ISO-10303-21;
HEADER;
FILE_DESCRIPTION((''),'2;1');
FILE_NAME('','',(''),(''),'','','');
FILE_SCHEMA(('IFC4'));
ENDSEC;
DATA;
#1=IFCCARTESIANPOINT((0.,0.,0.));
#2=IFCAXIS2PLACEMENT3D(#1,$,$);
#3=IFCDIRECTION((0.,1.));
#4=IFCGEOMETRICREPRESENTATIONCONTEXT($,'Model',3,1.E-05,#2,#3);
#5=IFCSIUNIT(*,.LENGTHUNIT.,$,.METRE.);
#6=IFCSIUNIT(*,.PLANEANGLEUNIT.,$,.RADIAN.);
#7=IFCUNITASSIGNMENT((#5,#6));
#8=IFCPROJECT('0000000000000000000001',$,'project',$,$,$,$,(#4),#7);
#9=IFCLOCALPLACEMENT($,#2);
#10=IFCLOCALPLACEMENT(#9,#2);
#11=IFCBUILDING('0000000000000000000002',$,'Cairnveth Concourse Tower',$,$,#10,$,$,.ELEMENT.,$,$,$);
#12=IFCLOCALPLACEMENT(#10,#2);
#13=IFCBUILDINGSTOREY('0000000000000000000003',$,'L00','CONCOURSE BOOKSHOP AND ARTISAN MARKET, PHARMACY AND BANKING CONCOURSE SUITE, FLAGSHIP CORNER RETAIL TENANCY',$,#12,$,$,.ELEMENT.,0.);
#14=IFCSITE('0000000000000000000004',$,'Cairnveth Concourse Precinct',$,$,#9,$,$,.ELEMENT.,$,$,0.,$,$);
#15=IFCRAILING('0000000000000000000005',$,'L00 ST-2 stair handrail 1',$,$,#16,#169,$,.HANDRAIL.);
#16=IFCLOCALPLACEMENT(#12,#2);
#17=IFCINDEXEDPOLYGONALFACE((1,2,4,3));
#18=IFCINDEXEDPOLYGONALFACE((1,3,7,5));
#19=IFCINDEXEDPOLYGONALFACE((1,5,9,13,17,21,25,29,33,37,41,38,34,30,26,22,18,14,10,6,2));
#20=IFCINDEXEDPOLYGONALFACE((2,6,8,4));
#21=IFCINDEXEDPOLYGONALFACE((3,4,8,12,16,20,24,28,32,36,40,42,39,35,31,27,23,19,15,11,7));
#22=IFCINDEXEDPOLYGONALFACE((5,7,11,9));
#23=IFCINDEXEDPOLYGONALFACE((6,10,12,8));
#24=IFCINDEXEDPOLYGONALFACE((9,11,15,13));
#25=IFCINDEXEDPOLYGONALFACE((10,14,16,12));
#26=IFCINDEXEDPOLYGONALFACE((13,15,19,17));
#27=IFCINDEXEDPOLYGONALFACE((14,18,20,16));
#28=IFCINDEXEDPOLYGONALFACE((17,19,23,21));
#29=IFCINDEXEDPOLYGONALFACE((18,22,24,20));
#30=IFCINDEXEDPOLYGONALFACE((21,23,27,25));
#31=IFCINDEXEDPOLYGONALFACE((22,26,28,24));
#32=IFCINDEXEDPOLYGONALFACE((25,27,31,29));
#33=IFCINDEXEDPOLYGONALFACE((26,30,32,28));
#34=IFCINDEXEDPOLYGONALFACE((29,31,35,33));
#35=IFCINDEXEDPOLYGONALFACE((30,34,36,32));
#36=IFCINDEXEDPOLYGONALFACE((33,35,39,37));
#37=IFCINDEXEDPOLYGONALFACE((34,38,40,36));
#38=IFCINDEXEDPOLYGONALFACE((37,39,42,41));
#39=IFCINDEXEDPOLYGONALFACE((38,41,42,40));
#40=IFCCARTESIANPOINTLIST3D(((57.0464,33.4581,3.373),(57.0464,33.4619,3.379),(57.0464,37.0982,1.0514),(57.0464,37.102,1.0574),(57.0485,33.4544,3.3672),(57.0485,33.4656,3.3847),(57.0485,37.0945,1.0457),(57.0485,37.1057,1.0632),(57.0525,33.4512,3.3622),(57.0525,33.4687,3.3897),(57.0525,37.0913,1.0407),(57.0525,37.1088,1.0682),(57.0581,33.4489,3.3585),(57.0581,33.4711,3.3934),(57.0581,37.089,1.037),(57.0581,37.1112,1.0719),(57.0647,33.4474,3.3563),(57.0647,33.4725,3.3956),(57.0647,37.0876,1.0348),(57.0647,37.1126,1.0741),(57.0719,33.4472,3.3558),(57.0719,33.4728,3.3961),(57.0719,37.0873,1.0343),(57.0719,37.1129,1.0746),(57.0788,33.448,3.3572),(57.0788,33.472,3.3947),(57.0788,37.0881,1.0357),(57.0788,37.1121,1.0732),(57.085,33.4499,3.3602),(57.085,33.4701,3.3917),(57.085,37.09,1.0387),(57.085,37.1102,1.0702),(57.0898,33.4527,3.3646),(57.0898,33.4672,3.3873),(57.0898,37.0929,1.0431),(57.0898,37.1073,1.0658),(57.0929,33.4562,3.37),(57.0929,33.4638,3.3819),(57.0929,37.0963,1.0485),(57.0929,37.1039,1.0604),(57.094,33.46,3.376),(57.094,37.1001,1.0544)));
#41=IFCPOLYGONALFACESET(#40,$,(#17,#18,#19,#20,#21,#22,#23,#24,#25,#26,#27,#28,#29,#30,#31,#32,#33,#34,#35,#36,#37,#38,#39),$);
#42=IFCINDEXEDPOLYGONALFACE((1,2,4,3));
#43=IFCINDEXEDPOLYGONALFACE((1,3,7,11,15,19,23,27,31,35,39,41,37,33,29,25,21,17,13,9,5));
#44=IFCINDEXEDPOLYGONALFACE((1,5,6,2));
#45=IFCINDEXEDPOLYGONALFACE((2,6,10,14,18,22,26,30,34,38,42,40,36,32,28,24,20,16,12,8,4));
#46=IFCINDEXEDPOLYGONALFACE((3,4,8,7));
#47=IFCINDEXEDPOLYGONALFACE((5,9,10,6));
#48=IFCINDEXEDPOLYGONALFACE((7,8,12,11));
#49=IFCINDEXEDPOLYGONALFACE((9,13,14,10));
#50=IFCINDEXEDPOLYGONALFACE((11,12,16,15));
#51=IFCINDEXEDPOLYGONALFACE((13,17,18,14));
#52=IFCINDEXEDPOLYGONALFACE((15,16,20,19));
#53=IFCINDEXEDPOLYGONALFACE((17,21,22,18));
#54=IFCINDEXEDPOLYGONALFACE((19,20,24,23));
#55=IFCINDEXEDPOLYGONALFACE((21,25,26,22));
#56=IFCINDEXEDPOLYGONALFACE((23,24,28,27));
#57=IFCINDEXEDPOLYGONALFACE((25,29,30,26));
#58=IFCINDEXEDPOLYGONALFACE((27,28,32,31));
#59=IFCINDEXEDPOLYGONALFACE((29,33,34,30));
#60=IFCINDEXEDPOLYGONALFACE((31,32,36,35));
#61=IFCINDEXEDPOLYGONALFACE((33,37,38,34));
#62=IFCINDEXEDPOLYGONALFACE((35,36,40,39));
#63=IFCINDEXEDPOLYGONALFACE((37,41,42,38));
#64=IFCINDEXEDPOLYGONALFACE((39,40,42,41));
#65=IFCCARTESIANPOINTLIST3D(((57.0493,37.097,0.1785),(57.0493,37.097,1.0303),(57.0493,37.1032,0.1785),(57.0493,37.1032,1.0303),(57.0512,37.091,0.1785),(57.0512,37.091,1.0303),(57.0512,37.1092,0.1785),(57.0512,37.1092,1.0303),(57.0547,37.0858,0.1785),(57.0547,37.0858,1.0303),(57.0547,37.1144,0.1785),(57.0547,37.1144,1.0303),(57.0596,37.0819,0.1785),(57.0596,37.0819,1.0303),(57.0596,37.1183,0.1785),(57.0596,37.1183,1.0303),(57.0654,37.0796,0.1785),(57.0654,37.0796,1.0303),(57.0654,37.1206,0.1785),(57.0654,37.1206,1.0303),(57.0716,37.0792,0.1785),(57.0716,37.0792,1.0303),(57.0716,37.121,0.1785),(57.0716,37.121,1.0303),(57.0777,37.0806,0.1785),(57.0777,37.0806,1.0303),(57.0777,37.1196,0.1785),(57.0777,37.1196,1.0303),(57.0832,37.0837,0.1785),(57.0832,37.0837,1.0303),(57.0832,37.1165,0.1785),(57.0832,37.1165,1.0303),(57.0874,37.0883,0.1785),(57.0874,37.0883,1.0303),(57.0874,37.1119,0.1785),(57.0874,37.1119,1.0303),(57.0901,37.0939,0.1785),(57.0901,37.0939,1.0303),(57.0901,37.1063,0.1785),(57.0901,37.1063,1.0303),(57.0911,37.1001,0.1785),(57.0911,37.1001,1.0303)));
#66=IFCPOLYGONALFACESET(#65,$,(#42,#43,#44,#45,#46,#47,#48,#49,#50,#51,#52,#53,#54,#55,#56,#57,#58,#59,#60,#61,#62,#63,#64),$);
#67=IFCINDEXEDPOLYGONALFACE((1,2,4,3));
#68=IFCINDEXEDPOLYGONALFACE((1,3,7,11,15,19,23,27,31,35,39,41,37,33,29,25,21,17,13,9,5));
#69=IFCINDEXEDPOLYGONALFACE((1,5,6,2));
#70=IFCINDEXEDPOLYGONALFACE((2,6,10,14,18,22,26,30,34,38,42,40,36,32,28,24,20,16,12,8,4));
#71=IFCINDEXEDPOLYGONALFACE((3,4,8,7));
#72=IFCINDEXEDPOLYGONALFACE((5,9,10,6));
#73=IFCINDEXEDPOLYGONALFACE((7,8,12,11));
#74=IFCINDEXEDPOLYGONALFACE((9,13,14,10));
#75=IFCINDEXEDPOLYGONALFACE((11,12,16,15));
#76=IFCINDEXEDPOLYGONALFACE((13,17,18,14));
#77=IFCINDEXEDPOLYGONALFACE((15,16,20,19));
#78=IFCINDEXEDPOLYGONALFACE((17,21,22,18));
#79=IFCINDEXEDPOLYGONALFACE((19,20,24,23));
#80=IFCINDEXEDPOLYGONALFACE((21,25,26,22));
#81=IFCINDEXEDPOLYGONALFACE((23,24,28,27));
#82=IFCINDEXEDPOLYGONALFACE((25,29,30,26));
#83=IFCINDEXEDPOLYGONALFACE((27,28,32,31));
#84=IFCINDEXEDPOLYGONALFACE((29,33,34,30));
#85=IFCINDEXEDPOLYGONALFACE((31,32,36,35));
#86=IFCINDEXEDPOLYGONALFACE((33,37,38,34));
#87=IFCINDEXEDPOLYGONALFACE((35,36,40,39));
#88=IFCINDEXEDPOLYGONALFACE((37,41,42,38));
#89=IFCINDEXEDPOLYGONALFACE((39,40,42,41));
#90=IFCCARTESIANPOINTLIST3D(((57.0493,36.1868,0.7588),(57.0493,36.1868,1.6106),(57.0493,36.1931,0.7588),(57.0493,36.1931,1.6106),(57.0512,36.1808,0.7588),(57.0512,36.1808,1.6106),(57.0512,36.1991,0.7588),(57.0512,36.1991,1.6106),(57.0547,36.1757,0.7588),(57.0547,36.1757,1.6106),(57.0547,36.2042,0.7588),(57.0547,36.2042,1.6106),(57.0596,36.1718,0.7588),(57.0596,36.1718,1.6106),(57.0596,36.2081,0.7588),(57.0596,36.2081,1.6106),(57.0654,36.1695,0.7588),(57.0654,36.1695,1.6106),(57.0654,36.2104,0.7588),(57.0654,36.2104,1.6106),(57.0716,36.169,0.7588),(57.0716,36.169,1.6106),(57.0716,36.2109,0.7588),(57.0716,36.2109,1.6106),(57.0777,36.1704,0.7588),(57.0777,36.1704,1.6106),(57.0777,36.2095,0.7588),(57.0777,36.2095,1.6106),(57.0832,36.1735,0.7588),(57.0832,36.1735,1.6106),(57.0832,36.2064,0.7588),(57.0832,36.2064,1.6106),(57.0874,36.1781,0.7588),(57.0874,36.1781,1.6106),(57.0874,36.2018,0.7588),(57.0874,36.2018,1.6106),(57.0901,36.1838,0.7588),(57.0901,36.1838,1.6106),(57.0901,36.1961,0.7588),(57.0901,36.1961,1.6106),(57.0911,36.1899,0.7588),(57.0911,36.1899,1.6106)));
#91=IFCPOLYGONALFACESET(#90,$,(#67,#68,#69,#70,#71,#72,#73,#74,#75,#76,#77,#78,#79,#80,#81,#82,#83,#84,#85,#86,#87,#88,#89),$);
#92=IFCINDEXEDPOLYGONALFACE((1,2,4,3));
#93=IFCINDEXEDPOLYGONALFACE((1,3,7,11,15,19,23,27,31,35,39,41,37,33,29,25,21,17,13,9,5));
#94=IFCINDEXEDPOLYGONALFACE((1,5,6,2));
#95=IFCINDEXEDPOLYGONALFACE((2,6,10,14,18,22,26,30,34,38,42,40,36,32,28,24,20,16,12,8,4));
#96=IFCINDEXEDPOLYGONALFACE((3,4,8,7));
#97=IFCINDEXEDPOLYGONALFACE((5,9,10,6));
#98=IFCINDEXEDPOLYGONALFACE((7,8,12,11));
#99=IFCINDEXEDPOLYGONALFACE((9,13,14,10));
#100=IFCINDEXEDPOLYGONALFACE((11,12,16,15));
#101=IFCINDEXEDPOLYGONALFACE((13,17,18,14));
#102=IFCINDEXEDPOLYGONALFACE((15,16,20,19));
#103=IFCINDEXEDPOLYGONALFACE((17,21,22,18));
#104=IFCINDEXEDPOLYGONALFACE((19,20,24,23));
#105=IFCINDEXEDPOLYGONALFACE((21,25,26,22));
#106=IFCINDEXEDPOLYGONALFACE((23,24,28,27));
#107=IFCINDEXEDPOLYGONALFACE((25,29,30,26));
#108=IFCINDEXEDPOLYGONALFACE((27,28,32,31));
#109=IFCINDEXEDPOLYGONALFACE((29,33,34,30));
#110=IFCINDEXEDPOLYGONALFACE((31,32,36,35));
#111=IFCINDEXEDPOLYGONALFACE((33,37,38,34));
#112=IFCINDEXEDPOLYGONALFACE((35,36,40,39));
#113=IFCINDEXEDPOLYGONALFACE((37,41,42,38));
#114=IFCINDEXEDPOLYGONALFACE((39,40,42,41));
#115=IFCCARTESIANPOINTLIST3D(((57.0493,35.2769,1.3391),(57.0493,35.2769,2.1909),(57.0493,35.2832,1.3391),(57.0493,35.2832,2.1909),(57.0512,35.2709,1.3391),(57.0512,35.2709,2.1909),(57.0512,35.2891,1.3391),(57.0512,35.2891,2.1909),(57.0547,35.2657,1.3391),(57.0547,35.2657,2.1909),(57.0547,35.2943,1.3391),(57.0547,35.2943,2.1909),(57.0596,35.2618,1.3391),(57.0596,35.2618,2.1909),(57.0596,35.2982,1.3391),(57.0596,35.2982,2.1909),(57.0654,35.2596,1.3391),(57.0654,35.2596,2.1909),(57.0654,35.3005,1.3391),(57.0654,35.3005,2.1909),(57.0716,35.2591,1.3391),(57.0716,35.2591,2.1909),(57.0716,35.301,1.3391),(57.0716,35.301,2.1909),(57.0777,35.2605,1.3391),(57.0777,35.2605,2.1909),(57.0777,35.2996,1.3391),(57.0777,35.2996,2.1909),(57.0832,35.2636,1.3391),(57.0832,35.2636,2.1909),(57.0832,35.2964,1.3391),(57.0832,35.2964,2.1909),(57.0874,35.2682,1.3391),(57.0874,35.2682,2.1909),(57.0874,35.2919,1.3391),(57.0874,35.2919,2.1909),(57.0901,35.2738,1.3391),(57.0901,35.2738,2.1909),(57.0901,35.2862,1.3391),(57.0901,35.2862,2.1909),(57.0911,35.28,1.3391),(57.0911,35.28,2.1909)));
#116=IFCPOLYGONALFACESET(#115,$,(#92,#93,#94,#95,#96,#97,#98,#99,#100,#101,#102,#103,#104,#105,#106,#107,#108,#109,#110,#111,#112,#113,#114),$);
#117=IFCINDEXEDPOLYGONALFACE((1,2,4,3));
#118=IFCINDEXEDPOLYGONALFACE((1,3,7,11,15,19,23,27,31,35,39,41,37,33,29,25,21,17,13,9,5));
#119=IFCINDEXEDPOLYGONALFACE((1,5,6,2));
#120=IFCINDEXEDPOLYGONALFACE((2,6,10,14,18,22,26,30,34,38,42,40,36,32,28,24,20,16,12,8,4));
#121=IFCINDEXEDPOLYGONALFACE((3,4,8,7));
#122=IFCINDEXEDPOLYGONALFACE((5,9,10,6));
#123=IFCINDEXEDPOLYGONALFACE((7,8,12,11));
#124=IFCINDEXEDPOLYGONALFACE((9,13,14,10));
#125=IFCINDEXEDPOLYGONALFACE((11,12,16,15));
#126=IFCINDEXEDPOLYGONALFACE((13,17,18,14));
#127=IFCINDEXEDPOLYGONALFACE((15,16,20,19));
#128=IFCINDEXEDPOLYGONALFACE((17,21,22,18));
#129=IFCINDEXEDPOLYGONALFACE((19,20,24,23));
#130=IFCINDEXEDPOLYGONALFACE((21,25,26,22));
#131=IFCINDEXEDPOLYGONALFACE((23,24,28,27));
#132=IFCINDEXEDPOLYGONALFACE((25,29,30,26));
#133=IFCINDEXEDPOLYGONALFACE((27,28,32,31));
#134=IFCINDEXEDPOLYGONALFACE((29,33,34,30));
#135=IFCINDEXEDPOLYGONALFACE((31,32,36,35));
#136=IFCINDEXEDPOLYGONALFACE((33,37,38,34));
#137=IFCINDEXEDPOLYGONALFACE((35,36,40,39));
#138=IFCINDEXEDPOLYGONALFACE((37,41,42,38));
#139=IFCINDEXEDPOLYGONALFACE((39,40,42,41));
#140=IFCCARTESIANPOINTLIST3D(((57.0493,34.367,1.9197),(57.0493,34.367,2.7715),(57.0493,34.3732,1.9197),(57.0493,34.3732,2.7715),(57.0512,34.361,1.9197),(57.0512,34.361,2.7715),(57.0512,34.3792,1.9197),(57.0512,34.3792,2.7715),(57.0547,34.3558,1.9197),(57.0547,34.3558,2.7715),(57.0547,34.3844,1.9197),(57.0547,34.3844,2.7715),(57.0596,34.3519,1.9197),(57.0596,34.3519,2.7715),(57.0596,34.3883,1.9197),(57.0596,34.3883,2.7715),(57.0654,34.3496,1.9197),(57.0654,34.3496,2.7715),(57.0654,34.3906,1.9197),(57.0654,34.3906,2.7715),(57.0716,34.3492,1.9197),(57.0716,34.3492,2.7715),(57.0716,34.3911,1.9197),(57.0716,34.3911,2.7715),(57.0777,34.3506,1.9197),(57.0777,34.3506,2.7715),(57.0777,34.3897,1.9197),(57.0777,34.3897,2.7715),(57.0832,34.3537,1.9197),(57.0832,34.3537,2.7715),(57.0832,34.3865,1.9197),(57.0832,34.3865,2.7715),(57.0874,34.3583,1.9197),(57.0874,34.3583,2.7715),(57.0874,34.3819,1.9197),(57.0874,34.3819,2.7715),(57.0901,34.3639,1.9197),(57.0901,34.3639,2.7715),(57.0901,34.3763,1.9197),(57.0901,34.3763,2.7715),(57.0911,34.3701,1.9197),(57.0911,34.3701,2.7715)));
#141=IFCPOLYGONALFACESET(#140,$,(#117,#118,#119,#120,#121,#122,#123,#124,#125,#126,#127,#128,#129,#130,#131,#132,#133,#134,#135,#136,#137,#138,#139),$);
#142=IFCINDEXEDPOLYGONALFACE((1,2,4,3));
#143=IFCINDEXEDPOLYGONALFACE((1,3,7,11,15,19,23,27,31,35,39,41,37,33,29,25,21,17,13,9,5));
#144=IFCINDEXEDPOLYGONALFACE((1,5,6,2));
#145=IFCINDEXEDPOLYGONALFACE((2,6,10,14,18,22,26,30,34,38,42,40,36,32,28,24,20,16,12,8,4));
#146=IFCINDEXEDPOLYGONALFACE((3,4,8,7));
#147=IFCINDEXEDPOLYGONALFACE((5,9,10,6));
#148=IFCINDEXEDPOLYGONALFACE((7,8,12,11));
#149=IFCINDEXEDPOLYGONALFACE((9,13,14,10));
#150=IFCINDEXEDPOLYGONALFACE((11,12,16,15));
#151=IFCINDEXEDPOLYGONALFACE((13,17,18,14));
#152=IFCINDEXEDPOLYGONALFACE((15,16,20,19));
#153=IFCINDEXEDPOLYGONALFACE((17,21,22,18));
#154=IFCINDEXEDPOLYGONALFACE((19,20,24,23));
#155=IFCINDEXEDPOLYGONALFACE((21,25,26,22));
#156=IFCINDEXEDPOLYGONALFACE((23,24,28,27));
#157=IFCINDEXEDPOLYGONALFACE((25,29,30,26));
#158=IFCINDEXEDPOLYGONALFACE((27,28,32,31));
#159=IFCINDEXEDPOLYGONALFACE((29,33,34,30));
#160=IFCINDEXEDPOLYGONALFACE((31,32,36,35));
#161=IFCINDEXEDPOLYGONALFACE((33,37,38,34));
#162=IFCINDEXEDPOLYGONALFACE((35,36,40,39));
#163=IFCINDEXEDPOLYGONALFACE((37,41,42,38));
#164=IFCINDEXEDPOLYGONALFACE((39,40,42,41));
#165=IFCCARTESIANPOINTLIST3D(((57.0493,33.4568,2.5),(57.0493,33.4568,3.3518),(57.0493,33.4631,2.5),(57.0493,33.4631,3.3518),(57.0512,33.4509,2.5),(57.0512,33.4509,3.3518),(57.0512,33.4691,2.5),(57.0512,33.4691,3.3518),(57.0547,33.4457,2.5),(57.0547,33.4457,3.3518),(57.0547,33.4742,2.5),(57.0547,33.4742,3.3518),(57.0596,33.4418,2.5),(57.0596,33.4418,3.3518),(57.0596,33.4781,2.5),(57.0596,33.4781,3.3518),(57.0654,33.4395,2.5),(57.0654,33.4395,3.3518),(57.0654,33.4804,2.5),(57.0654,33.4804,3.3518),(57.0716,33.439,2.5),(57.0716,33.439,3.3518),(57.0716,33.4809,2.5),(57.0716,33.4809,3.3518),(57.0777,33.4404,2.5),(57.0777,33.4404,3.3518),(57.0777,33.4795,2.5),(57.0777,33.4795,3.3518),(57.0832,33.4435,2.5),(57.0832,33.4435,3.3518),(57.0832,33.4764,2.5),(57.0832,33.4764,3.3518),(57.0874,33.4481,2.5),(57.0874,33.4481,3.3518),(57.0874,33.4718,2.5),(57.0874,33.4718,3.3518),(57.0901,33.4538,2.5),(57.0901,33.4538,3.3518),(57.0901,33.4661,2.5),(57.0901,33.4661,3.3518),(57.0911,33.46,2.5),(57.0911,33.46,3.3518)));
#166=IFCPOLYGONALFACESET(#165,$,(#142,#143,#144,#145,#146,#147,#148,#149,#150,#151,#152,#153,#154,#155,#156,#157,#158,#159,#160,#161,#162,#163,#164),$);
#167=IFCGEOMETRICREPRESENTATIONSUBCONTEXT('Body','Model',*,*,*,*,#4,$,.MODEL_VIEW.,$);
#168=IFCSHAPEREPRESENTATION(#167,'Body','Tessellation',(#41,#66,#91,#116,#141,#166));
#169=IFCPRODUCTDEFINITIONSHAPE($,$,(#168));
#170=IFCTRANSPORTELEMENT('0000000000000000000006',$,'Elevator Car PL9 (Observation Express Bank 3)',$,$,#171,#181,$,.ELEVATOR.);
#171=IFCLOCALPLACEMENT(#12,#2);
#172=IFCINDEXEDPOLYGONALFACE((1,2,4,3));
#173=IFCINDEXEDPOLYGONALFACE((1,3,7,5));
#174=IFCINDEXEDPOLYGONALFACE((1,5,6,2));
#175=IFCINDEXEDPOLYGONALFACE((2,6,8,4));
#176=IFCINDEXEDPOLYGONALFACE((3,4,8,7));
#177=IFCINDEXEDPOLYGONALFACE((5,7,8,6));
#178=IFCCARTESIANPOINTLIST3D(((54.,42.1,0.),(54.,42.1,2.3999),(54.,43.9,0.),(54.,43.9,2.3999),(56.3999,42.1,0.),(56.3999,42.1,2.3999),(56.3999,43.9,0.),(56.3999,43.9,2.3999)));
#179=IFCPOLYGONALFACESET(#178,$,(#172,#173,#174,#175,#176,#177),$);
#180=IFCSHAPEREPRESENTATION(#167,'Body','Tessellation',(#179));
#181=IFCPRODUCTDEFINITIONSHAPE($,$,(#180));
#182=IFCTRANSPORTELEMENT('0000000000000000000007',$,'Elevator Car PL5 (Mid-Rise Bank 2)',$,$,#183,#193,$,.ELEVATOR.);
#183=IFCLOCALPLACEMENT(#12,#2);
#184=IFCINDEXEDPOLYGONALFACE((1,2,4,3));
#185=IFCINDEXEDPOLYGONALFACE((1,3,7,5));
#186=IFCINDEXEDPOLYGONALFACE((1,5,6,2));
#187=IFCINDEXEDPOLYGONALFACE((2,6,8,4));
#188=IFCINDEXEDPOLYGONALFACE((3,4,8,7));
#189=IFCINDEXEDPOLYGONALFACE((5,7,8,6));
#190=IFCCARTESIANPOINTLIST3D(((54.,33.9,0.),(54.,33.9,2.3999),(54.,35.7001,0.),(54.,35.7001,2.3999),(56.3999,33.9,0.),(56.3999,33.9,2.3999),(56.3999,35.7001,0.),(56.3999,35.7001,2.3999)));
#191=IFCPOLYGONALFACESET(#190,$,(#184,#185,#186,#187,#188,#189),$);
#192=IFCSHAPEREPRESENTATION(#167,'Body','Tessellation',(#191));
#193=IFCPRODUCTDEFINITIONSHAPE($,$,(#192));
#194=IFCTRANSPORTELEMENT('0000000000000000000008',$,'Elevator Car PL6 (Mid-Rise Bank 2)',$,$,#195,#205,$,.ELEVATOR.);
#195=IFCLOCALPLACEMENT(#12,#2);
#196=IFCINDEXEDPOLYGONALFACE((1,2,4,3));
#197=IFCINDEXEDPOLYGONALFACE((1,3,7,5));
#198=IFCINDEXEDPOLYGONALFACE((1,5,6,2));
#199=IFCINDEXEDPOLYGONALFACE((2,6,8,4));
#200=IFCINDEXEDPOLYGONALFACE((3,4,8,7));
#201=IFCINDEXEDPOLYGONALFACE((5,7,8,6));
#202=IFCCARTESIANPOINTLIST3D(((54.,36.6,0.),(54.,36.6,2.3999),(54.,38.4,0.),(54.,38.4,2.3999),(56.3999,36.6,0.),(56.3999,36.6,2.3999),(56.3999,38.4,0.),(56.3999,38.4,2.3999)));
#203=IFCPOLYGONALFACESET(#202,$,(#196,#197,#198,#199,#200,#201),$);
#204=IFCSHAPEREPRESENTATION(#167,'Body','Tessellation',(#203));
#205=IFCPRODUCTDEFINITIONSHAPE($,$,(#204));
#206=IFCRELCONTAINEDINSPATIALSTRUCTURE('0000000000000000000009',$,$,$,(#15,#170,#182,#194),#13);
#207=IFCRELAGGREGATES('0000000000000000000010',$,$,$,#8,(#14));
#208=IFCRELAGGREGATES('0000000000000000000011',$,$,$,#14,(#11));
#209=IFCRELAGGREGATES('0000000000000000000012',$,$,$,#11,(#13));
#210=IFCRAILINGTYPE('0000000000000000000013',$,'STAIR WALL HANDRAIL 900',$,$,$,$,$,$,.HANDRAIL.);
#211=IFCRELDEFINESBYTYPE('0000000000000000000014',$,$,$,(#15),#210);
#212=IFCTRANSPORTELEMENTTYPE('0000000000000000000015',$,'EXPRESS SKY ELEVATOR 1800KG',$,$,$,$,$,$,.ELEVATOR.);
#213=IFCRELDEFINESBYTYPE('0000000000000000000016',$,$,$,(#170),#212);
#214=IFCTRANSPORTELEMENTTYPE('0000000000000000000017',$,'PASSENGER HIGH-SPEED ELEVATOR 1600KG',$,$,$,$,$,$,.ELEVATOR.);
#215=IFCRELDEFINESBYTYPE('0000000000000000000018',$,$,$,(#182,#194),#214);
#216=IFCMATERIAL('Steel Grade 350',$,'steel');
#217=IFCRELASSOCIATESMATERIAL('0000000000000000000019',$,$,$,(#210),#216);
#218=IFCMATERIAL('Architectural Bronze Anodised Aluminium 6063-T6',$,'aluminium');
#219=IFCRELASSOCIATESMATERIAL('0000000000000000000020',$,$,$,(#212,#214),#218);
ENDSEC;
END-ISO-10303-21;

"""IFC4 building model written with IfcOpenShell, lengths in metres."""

from ifc_helpers import new_model, si_unit, direction, frame, origin, origin_2d, place, context, subcontext, project, spatial, rectangle, circle, extrude, material, type_object, element, save


model = new_model("IFC4")

# Units and contexts
model_context = context("Model", 3, precision=1e-05, world=origin(), true_north=direction((0.0, 1.0)))
body_context = subcontext(model_context, "Body", "Model", "MODEL_VIEW")
ifc_project = project(units=[si_unit("LENGTHUNIT", "METRE"), si_unit("PLANEANGLEUNIT", "RADIAN")], contexts=[model_context])

# Site, building, storey
site_placement = place(None, origin())
site = spatial("IfcSite", under=ifc_project, at=site_placement, Name="Cairnveth Concourse Precinct", CompositionType="ELEMENT", RefElevation=0.0)
building_placement = place(site_placement, origin())
building = spatial("IfcBuilding", under=site, at=building_placement, Name="Cairnveth Concourse Tower", CompositionType="ELEMENT")
storey_placement = place(building_placement, origin())
storey = spatial("IfcBuildingStorey", under=building, at=storey_placement, Name="L00", Description="CONCOURSE BOOKSHOP AND ARTISAN MARKET, PHARMACY AND BANKING CONCOURSE SUITE, FLAGSHIP CORNER RETAIL TENANCY", CompositionType="ELEMENT", Elevation=0.0)

# Shared definitions
ifc_material_1 = material(Name="Steel Grade 350", Category="steel")

# Shared definitions
ifc_material_2 = material(Name="Architectural Bronze Anodised Aluminium 6063-T6", Category="aluminium")

# Railing
railing_type = type_object("IfcRailingType", Name="STAIR WALL HANDRAIL 900", PredefinedType="HANDRAIL", material=ifc_material_1)
railing_placement = place(storey_placement, frame((57.0701, 37.1001, 0.1785)))
element("IfcRailing", 1, at=railing_placement, inside=storey, type_object=railing_type, Name="L00 ST-2 stair handrail 1", PredefinedType="HANDRAIL", context=body_context, shape_type="SweptSolid", body=[
    extrude(circle(Radius=0.0239, at=origin_2d()), frame((0.0, 0.0, 0.876), z_axis=(0.0, -0.843128, 0.537713), x_axis=(1.0, 0.0, 0.0)), (0.0, 0.0, 1.0), 4.3174),
    extrude(circle(Radius=0.021, at=origin_2d()), origin(), (0.0, 0.0, 1.0), 0.8518),
    extrude(circle(Radius=0.021, at=origin_2d()), frame((0.0, -0.9102, 0.5803)), (0.0, 0.0, 1.0), 0.8518),
    extrude(circle(Radius=0.021, at=origin_2d()), frame((0.0, -1.8201, 1.1606)), (0.0, 0.0, 1.0), 0.8518),
    extrude(circle(Radius=0.021, at=origin_2d()), frame((0.0, -2.73, 1.7412)), (0.0, 0.0, 1.0), 0.8518),
    extrude(circle(Radius=0.021, at=origin_2d()), frame((0.0, -3.6401, 2.3215)), (0.0, 0.0, 1.0), 0.8518),
])

# Transport elements
transport_element_type_1 = type_object("IfcTransportElementType", Name="EXPRESS SKY ELEVATOR 1800KG", PredefinedType="ELEVATOR", material=ifc_material_2)
transport_element_placement = place(storey_placement, frame((55.2, 43.0, 0.0), z_axis=(0.0, 0.0, 1.0), x_axis=(1.0, 0.0, 0.0)))
element("IfcTransportElement", 2, at=transport_element_placement, inside=storey, type_object=transport_element_type_1, Name="Elevator Car PL9 (Observation Express Bank 3)", PredefinedType="ELEVATOR", context=body_context, shape_type="SweptSolid", body=[
    extrude(rectangle(XDim=2.3999, YDim=1.8, at=origin_2d()), origin(), (0.0, 0.0, 1.0), 2.3999),
])
transport_element_type_2 = type_object("IfcTransportElementType", Name="PASSENGER HIGH-SPEED ELEVATOR 1600KG", PredefinedType="ELEVATOR", material=ifc_material_2)
for number, where, z_axis, x_axis, name in (
    (3, (55.2, 34.8, 0.0), (0.0, 0.0, 1.0), (1.0, 0.0, 0.0), "Elevator Car PL5 (Mid-Rise Bank 2)"),
    (4, (55.2, 37.5, 0.0), (0.0, 0.0, 1.0), (1.0, 0.0, 0.0), "Elevator Car PL6 (Mid-Rise Bank 2)"),
):
    element("IfcTransportElement", number, at=place(storey_placement, frame(where, z_axis=z_axis, x_axis=x_axis)), inside=storey, type_object=transport_element_type_2, Name=name, PredefinedType="ELEVATOR", context=body_context, shape_type="SweptSolid", body=[
        extrude(rectangle(XDim=2.3999, YDim=1.8, at=origin_2d()), origin(), (0.0, 0.0, 1.0), 2.3999),
    ])

save(model, "model.ifc")
